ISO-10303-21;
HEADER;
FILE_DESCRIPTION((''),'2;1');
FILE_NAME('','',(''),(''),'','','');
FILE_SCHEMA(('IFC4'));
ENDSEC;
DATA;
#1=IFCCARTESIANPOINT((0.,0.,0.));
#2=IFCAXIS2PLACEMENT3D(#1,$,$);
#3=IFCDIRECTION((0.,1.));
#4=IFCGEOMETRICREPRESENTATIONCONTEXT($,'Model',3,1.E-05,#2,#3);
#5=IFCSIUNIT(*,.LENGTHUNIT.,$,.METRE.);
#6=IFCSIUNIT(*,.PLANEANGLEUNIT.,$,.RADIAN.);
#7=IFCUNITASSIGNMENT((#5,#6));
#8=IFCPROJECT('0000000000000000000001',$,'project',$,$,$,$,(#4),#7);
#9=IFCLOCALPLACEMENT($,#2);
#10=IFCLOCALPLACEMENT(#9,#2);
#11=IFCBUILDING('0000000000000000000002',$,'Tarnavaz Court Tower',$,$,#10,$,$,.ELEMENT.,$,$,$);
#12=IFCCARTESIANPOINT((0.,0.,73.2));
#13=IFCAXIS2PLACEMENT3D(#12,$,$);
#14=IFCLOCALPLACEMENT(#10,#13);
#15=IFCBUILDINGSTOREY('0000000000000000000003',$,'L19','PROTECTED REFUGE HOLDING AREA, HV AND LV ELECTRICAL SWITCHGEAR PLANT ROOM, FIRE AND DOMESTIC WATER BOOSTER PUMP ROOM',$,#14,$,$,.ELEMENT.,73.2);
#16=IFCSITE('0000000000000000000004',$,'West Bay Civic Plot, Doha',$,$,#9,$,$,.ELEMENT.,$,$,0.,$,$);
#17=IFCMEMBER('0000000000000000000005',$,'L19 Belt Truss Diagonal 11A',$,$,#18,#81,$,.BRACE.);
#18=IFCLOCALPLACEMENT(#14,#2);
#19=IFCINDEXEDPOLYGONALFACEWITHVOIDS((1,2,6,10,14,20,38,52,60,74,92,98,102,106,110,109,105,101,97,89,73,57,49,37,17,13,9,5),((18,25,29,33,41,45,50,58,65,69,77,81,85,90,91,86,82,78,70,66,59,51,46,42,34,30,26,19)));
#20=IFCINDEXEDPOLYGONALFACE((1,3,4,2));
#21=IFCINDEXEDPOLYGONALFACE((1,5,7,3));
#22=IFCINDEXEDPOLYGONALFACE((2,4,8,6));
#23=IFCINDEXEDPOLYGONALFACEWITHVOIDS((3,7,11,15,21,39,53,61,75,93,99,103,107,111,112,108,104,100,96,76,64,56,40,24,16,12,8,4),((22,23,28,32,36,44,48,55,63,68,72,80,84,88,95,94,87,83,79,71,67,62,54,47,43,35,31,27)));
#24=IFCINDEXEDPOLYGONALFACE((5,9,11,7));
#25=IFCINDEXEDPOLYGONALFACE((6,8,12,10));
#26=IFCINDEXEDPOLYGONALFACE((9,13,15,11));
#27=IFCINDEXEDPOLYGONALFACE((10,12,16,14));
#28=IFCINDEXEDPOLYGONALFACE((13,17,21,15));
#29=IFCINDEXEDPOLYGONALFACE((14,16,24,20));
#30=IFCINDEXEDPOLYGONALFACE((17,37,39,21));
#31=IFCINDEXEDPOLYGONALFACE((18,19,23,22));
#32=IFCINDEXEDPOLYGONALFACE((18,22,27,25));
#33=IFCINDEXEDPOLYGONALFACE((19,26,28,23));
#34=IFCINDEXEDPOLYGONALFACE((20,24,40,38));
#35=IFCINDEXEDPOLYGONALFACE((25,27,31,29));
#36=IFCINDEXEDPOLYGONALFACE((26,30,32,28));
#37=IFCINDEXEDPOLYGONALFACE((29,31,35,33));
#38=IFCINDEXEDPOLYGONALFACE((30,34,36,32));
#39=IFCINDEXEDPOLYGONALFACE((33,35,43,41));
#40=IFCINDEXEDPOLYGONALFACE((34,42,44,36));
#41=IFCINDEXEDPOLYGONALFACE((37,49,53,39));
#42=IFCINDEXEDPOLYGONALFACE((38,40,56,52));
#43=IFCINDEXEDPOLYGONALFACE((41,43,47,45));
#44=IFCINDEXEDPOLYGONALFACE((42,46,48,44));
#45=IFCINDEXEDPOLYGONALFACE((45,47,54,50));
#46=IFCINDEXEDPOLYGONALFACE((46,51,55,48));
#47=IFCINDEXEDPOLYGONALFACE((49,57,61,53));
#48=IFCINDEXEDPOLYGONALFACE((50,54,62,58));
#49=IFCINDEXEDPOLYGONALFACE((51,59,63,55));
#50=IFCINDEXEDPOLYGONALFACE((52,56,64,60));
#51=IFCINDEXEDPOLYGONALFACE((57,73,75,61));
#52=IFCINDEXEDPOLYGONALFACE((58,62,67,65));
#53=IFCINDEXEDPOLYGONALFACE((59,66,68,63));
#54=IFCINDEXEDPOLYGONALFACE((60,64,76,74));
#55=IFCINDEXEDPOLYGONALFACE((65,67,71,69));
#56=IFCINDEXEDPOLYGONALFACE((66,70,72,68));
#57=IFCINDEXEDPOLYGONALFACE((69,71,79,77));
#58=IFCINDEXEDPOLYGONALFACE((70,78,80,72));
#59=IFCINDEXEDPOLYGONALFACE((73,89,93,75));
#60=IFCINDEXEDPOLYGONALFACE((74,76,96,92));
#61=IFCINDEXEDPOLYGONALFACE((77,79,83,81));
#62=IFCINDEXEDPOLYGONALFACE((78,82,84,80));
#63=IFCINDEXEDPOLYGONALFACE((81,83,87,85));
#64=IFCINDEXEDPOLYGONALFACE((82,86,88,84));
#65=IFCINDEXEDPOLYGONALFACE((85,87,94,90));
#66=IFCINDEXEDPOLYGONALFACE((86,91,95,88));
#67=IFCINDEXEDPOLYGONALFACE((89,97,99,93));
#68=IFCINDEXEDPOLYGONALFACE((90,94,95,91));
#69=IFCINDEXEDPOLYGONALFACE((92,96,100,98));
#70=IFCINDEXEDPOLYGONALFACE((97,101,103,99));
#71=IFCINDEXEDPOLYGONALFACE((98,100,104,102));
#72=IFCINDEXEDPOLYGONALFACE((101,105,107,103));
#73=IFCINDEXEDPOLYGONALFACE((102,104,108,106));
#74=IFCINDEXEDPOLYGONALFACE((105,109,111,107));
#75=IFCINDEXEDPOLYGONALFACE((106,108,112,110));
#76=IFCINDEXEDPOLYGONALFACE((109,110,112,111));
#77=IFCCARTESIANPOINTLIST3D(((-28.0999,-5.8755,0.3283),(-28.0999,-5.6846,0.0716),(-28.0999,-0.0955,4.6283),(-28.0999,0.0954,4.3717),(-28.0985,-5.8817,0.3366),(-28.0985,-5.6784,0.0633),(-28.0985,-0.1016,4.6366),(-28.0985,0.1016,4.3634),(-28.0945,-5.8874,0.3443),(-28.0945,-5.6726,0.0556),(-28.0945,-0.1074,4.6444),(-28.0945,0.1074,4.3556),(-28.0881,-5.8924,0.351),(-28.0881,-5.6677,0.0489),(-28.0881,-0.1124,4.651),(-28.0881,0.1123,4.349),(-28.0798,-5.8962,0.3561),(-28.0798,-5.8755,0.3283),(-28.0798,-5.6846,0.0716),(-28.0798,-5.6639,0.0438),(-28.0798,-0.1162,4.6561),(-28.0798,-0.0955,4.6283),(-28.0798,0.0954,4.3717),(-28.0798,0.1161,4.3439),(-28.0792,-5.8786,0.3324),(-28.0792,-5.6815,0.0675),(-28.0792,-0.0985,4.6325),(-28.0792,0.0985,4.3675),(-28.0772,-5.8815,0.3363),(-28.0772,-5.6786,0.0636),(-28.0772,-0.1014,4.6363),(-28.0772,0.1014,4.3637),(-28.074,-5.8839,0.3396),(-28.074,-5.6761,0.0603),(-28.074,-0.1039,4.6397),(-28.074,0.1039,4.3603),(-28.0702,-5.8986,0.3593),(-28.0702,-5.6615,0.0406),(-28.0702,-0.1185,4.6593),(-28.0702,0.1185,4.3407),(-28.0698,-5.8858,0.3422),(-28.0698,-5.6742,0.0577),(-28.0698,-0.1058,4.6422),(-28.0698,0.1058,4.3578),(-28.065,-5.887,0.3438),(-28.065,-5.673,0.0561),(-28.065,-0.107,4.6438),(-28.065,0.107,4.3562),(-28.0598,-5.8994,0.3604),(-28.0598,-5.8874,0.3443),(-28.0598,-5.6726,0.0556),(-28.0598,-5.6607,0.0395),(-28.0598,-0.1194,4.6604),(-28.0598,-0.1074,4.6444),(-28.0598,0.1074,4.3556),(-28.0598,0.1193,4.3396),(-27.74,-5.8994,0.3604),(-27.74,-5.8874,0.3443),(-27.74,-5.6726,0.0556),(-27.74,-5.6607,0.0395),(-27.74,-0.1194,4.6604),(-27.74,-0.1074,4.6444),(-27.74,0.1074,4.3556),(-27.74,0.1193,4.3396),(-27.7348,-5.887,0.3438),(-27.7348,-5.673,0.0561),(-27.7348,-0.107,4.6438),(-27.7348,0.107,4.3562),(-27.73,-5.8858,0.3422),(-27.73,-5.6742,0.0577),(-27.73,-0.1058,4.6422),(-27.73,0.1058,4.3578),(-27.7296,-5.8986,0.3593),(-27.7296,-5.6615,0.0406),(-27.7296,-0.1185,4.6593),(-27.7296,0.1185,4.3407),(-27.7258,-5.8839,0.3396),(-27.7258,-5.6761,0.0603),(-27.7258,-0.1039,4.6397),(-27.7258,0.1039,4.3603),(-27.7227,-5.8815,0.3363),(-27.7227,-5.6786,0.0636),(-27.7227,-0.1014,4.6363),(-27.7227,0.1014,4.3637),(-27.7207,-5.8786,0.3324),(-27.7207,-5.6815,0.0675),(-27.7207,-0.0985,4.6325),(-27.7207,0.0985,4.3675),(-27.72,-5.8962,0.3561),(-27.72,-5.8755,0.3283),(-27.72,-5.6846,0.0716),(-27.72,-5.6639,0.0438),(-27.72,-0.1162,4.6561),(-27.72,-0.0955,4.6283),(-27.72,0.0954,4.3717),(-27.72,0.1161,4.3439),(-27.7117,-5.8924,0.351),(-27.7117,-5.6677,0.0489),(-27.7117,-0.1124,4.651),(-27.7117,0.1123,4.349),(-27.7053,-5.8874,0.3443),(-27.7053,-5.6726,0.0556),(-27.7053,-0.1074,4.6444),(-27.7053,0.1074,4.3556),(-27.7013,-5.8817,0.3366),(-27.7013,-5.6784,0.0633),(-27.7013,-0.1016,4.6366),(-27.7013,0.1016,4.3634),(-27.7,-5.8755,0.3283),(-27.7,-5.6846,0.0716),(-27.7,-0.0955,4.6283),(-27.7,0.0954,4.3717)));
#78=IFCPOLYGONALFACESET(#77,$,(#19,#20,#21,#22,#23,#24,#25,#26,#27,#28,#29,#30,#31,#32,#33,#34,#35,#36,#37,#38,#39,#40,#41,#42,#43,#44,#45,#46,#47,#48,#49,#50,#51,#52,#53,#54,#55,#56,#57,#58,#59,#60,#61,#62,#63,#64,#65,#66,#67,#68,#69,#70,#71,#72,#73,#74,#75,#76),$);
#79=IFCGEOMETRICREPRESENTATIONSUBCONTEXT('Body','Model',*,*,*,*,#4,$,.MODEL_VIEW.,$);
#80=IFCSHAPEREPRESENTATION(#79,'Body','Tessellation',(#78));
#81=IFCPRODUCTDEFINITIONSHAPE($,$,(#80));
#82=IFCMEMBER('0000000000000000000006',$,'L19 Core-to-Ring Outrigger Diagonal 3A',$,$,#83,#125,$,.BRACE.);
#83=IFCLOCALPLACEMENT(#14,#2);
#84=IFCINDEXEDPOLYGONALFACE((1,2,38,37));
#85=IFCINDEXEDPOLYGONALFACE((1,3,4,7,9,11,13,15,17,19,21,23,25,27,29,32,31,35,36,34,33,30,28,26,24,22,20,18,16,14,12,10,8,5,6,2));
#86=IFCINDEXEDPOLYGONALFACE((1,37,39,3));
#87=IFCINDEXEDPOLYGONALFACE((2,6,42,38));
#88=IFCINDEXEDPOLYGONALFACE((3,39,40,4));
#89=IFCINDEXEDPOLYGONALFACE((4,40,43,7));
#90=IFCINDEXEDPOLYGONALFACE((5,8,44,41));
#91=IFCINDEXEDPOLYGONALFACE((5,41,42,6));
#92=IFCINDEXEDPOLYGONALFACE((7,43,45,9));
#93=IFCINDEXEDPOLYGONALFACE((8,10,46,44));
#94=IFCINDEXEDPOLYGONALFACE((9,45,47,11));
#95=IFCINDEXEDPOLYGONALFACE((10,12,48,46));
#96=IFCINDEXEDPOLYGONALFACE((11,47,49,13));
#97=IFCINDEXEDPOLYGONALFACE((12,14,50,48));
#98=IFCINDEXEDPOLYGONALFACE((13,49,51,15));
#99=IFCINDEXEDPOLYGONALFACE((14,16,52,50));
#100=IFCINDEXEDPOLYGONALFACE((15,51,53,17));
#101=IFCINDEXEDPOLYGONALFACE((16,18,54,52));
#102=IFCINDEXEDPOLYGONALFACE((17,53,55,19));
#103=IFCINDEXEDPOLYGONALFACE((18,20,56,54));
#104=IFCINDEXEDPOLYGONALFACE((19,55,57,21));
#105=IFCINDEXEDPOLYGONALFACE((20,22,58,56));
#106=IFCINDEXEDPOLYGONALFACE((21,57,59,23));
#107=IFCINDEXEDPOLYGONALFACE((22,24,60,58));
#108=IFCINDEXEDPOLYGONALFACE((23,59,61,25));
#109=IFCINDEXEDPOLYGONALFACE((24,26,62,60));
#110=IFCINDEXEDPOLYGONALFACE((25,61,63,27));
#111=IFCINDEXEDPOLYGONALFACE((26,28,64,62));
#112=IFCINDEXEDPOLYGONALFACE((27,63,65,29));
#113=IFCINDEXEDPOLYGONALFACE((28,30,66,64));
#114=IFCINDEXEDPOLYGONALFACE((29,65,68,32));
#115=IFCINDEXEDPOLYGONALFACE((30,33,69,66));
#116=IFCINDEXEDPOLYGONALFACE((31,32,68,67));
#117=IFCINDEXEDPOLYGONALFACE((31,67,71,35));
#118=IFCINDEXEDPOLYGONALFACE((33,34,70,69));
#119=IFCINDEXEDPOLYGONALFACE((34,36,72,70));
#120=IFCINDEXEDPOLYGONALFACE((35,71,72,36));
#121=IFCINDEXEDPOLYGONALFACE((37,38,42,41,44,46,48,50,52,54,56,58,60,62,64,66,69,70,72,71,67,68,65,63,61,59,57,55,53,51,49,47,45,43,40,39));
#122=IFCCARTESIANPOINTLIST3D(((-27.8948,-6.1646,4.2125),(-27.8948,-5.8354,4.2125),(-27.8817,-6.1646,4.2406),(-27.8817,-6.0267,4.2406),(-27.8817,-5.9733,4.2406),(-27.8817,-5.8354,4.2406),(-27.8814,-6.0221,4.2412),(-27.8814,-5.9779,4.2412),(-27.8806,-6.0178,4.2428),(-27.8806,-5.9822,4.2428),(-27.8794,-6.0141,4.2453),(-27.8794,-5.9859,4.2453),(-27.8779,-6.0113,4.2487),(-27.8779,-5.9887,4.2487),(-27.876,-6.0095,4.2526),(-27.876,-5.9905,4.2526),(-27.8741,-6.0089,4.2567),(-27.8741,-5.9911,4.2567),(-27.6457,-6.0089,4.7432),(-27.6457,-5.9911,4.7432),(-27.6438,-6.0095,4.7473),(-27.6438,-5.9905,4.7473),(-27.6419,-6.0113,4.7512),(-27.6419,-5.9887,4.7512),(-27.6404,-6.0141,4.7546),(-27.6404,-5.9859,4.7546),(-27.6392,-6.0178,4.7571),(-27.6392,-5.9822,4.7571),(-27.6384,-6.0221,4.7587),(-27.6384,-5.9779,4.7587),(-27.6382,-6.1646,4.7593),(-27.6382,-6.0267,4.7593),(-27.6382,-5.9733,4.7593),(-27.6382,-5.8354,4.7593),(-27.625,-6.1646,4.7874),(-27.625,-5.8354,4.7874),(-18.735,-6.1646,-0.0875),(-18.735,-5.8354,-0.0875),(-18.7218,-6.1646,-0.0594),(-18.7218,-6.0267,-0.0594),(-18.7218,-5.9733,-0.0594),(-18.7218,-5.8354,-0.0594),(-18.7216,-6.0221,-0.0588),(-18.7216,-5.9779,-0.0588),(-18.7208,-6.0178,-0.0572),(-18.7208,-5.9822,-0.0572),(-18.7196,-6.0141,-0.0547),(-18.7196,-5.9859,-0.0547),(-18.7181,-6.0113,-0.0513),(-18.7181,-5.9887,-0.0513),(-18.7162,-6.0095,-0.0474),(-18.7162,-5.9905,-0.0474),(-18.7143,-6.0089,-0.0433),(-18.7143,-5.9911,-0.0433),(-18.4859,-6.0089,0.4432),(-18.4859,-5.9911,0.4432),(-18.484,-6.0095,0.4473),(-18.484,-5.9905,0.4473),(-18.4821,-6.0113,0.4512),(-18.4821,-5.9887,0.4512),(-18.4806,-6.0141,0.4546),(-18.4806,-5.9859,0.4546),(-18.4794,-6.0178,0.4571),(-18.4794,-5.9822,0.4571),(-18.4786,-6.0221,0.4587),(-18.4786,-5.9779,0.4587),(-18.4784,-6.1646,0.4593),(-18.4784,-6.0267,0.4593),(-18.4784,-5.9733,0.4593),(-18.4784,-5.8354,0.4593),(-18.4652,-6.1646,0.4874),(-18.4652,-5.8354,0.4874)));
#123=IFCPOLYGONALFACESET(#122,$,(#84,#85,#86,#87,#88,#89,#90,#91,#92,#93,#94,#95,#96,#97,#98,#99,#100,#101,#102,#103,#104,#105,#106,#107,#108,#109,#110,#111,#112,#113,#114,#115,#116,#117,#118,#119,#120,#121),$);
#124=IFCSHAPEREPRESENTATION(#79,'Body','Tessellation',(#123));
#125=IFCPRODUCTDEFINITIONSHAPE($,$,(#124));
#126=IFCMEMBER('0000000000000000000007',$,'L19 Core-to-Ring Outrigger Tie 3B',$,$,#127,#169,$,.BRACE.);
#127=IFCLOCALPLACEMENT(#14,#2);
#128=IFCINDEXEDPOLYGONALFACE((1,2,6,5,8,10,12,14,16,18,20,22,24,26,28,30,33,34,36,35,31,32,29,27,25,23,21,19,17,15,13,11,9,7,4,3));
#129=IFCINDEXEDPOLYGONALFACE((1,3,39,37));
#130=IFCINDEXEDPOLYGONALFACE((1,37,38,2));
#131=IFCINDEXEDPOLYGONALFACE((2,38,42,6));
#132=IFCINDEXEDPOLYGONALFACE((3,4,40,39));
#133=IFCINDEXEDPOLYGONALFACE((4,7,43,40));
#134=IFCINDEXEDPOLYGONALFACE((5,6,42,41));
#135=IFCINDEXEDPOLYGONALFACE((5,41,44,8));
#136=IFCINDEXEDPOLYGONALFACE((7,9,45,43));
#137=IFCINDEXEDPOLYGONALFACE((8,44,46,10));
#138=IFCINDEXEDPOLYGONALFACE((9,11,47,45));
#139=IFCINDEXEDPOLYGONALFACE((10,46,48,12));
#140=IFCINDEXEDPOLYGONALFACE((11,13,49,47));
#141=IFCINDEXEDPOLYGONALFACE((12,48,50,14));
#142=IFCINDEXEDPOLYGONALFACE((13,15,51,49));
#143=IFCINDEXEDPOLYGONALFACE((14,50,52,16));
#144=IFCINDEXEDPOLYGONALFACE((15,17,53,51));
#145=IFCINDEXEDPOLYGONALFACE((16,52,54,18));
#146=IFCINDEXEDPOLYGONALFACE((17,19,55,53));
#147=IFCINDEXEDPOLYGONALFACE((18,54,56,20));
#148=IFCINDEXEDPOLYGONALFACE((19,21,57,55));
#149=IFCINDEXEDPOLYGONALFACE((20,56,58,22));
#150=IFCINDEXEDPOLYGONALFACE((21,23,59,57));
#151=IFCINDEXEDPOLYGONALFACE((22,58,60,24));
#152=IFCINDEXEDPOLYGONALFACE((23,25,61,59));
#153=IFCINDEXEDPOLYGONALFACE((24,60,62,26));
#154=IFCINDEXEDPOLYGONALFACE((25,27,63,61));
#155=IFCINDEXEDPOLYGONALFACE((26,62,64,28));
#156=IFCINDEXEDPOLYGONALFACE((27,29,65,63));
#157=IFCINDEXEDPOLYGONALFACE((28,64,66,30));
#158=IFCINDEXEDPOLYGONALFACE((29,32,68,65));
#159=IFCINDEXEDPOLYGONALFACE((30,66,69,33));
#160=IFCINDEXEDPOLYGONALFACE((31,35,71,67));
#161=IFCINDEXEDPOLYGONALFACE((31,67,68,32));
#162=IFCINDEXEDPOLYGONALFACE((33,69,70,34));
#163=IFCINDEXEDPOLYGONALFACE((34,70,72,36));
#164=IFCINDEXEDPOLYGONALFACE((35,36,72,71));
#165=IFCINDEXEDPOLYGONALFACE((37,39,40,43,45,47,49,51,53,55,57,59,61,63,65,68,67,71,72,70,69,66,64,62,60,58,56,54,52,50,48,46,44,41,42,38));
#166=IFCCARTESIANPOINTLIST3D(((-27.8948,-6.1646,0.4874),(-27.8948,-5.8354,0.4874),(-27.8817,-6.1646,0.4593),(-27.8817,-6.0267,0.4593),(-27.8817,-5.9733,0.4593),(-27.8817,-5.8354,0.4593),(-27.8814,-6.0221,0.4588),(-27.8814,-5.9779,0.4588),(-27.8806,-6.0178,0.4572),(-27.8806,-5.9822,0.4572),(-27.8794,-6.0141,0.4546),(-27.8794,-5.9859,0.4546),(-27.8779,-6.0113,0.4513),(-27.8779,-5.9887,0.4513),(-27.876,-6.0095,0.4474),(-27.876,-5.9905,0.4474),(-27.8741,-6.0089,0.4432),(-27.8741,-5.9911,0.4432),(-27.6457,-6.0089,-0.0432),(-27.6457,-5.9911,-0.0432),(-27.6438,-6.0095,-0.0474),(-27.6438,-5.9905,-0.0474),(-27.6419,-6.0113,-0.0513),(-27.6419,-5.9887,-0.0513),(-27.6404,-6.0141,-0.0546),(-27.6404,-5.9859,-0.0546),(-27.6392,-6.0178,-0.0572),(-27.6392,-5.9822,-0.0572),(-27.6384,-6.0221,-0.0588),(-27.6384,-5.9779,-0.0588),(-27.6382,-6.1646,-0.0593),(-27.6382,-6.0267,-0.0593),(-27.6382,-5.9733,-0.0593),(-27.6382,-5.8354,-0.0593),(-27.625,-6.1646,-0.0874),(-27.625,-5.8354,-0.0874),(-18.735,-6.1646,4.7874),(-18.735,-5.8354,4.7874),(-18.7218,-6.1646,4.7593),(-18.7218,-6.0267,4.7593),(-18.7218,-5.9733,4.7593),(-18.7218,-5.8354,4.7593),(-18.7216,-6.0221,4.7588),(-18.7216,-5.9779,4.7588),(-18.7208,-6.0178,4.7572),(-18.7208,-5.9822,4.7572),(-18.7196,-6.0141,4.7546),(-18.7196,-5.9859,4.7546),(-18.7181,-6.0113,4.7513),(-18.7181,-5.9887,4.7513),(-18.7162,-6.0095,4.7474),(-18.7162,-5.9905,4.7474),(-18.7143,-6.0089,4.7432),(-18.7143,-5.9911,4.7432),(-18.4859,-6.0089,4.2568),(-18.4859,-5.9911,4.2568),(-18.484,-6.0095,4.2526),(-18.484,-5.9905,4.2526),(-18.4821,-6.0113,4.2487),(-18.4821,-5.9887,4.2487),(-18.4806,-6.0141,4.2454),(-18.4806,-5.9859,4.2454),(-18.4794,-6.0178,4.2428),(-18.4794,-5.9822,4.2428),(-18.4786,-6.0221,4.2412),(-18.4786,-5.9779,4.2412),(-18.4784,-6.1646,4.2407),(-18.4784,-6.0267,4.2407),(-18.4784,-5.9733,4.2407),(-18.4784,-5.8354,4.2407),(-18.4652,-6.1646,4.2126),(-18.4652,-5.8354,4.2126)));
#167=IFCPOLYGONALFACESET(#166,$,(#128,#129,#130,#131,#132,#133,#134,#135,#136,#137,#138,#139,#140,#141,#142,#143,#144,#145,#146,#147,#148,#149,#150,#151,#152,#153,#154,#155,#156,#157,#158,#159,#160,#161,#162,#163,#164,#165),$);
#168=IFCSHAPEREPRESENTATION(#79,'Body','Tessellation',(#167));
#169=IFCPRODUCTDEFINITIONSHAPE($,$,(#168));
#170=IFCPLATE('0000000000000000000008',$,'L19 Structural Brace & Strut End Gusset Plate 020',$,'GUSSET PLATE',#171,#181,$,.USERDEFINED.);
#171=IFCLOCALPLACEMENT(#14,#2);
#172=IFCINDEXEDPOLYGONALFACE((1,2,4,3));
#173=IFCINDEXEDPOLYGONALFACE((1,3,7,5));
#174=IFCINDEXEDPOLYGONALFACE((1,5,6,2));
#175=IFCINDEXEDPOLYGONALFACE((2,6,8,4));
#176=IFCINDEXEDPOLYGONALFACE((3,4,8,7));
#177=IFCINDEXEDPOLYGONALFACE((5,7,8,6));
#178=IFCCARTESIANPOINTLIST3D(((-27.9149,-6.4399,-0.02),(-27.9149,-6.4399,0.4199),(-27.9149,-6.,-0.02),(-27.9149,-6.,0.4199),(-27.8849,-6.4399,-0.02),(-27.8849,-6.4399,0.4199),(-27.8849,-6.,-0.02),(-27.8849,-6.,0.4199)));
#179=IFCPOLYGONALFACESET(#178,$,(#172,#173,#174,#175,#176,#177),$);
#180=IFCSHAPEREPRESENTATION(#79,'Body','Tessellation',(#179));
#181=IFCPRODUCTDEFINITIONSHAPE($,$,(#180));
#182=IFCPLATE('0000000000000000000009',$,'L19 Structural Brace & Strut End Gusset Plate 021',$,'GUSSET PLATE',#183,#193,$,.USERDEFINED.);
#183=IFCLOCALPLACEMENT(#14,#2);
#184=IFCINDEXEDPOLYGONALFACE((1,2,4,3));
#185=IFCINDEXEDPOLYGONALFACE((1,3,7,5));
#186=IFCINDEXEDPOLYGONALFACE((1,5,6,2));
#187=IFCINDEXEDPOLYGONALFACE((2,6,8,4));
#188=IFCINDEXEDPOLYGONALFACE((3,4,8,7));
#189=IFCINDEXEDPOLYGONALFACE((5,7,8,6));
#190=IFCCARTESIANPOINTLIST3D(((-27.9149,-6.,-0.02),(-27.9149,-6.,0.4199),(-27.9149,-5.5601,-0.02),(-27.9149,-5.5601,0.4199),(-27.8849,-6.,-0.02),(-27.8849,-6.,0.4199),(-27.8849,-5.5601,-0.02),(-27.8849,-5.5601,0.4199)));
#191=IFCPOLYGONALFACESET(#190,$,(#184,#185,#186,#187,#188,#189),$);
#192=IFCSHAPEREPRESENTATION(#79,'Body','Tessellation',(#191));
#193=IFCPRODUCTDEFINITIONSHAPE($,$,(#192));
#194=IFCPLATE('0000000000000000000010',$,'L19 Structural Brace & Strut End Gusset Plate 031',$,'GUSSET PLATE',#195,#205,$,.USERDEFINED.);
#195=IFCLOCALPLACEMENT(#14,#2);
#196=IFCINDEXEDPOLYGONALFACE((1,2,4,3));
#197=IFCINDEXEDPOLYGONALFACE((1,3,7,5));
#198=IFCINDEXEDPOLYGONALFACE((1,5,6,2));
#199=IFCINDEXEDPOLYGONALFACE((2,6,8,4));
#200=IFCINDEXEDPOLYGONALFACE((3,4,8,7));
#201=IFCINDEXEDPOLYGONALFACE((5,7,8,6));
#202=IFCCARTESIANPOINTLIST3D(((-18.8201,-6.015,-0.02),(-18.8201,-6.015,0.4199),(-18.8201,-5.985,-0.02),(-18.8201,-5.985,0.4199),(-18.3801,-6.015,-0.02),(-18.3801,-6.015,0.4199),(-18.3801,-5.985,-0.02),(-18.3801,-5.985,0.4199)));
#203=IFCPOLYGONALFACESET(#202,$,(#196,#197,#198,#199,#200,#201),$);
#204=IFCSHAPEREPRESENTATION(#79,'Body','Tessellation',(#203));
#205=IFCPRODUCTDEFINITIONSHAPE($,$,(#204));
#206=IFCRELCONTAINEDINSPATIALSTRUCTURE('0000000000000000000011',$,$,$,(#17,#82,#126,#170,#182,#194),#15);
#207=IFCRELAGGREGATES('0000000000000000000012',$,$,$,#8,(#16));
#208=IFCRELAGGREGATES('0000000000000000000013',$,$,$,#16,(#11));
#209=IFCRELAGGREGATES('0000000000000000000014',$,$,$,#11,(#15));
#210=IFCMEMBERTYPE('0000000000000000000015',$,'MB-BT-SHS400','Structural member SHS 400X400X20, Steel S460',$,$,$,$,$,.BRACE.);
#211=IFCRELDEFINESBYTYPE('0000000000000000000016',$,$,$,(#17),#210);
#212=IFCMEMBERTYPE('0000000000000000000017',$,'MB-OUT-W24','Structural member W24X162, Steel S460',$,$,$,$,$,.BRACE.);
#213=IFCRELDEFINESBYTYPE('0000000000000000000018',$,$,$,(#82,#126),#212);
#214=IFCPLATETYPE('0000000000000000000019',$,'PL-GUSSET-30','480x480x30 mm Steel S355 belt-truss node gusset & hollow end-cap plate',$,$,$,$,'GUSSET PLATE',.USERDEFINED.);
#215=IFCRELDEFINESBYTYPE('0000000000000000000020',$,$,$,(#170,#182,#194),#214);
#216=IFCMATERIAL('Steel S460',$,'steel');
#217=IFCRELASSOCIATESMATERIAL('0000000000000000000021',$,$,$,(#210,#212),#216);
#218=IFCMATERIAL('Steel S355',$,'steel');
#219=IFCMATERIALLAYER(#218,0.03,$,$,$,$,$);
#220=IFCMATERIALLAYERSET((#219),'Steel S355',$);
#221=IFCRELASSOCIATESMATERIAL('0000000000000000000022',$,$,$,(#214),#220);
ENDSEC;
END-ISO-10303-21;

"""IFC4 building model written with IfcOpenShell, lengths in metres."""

from ifc_helpers import new_model, si_unit, direction, frame, origin, origin_2d, place, context, subcontext, project, spatial, rectangle, hollow_rectangle, i_section, extrude, material, layer, layer_set, material_profile, profile_set, type_object, element, save


model = new_model("IFC4")

# Units and contexts
model_context = context("Model", 3, precision=1e-05, world=origin(), true_north=direction((0.0, 1.0)))
body_context = subcontext(model_context, "Body", "Model", "MODEL_VIEW")
ifc_project = project(units=[si_unit("LENGTHUNIT", "METRE"), si_unit("PLANEANGLEUNIT", "RADIAN")], contexts=[model_context])

# Site, building, storey
site_placement = place(None, origin())
site = spatial("IfcSite", under=ifc_project, at=site_placement, Name="West Bay Civic Plot, Doha", CompositionType="ELEMENT", RefElevation=0.0)
building_placement = place(site_placement, origin())
building = spatial("IfcBuilding", under=site, at=building_placement, Name="Tarnavaz Court Tower", CompositionType="ELEMENT")
storey_placement = place(building_placement, frame((0.0, 0.0, 73.2)))
storey = spatial("IfcBuildingStorey", under=building, at=storey_placement, Name="L19", Description="PROTECTED REFUGE HOLDING AREA, HV AND LV ELECTRICAL SWITCHGEAR PLANT ROOM, FIRE AND DOMESTIC WATER BOOSTER PUMP ROOM", CompositionType="ELEMENT", Elevation=73.2)

# Shared definitions
ifc_material_1 = material(Name="Steel S460", Category="steel")

# Members
ifc_material_profile_1 = material_profile(ifc_material_1, hollow_rectangle(XDim=0.3999, YDim=0.3999, WallThickness=0.02, InnerFilletRadius=0.02, OuterFilletRadius=0.04, at=origin_2d()), Name="SHS 400X400X20")
ifc_profile_set_1 = profile_set([ifc_material_profile_1], Name="Steel S460")
member_type_1 = type_object("IfcMemberType", Name="MB-BT-SHS400", Description="Structural member SHS 400X400X20, Steel S460", PredefinedType="BRACE", material=ifc_profile_set_1)
member_1_placement = place(storey_placement, frame((-27.8999, -5.78, 0.2), z_axis=(0.0, 0.802324, 0.596889), x_axis=(-1.0, 0.0, 0.0)))
element("IfcMember", 1, at=member_1_placement, inside=storey, type_object=member_type_1, Name="L19 Belt Truss Diagonal 11A", PredefinedType="BRACE", context=body_context, shape_type="SweptSolid", body=[
    extrude(hollow_rectangle(XDim=0.3999, YDim=0.3999, WallThickness=0.02, InnerFilletRadius=0.02, OuterFilletRadius=0.04, at=origin_2d()), origin(), (0.0, 0.0, 1.0), 7.2041),
])
ifc_material_profile_2 = material_profile(ifc_material_1, i_section(OverallWidth=0.3291, OverallDepth=0.635, WebThickness=0.0178, FlangeThickness=0.031, FilletRadius=0.0178, at=origin_2d()), Name="W24X162")
ifc_profile_set_2 = profile_set([ifc_material_profile_2], Name="Steel S460")
member_type_2 = type_object("IfcMemberType", Name="MB-OUT-W24", Description="Structural member W24X162, Steel S460", PredefinedType="BRACE", material=ifc_profile_set_2)
for number, where, z_axis, x_axis, name in (
    (2, (-18.6001, -6.0, 0.2), (-0.905218, 0.0, 0.424947), (0.0, -1.0, 0.0), "L19 Core-to-Ring Outrigger Diagonal 3A"),
    (3, (-18.6001, -6.0, 4.5), (-0.905218, 0.0, -0.424947), (0.0, -1.0, 0.0), "L19 Core-to-Ring Outrigger Tie 3B"),
):
    element("IfcMember", number, at=place(storey_placement, frame(where, z_axis=z_axis, x_axis=x_axis)), inside=storey, type_object=member_type_2, Name=name, PredefinedType="BRACE", context=body_context, shape_type="SweptSolid", body=[
        extrude(i_section(OverallWidth=0.3291, OverallDepth=0.635, WebThickness=0.0178, FlangeThickness=0.031, FilletRadius=0.0178, at=origin_2d()), origin(), (0.0, 0.0, 1.0), 10.1189),
    ])

# Plates
ifc_material_2 = material(Name="Steel S355", Category="steel")
ifc_layer_1 = layer(ifc_material_2, 0.03)
ifc_layer_set_1 = layer_set([ifc_layer_1], Name="Steel S355")
plate_type = type_object("IfcPlateType", Name="PL-GUSSET-30", Description="480x480x30 mm Steel S355 belt-truss node gusset & hollow end-cap plate", ElementType="GUSSET PLATE", PredefinedType="USERDEFINED", material=ifc_layer_set_1)
for number, where, z_axis, x_axis, name in (
    (4, (-27.8999, -6.22, -0.02), (0.0, 0.0, 1.0), (0.0, 1.0, 0.0), "L19 Structural Brace & Strut End Gusset Plate 020"),
    (5, (-27.8999, -5.78, -0.02), (0.0, 0.0, 1.0), (0.0, 1.0, 0.0), "L19 Structural Brace & Strut End Gusset Plate 021"),
    (6, (-18.6001, -6.0, -0.02), (0.0, 0.0, 1.0), (1.0, 0.0, 0.0), "L19 Structural Brace & Strut End Gusset Plate 031"),
):
    element("IfcPlate", number, at=place(storey_placement, frame(where, z_axis=z_axis, x_axis=x_axis)), inside=storey, type_object=plate_type, Name=name, ObjectType="GUSSET PLATE", PredefinedType="USERDEFINED", context=body_context, shape_type="SweptSolid", body=[
        extrude(rectangle(XDim=0.4399, YDim=0.03, at=origin_2d()), origin(), (0.0, 0.0, 1.0), 0.4399),
    ])

save(model, "model.ifc")
